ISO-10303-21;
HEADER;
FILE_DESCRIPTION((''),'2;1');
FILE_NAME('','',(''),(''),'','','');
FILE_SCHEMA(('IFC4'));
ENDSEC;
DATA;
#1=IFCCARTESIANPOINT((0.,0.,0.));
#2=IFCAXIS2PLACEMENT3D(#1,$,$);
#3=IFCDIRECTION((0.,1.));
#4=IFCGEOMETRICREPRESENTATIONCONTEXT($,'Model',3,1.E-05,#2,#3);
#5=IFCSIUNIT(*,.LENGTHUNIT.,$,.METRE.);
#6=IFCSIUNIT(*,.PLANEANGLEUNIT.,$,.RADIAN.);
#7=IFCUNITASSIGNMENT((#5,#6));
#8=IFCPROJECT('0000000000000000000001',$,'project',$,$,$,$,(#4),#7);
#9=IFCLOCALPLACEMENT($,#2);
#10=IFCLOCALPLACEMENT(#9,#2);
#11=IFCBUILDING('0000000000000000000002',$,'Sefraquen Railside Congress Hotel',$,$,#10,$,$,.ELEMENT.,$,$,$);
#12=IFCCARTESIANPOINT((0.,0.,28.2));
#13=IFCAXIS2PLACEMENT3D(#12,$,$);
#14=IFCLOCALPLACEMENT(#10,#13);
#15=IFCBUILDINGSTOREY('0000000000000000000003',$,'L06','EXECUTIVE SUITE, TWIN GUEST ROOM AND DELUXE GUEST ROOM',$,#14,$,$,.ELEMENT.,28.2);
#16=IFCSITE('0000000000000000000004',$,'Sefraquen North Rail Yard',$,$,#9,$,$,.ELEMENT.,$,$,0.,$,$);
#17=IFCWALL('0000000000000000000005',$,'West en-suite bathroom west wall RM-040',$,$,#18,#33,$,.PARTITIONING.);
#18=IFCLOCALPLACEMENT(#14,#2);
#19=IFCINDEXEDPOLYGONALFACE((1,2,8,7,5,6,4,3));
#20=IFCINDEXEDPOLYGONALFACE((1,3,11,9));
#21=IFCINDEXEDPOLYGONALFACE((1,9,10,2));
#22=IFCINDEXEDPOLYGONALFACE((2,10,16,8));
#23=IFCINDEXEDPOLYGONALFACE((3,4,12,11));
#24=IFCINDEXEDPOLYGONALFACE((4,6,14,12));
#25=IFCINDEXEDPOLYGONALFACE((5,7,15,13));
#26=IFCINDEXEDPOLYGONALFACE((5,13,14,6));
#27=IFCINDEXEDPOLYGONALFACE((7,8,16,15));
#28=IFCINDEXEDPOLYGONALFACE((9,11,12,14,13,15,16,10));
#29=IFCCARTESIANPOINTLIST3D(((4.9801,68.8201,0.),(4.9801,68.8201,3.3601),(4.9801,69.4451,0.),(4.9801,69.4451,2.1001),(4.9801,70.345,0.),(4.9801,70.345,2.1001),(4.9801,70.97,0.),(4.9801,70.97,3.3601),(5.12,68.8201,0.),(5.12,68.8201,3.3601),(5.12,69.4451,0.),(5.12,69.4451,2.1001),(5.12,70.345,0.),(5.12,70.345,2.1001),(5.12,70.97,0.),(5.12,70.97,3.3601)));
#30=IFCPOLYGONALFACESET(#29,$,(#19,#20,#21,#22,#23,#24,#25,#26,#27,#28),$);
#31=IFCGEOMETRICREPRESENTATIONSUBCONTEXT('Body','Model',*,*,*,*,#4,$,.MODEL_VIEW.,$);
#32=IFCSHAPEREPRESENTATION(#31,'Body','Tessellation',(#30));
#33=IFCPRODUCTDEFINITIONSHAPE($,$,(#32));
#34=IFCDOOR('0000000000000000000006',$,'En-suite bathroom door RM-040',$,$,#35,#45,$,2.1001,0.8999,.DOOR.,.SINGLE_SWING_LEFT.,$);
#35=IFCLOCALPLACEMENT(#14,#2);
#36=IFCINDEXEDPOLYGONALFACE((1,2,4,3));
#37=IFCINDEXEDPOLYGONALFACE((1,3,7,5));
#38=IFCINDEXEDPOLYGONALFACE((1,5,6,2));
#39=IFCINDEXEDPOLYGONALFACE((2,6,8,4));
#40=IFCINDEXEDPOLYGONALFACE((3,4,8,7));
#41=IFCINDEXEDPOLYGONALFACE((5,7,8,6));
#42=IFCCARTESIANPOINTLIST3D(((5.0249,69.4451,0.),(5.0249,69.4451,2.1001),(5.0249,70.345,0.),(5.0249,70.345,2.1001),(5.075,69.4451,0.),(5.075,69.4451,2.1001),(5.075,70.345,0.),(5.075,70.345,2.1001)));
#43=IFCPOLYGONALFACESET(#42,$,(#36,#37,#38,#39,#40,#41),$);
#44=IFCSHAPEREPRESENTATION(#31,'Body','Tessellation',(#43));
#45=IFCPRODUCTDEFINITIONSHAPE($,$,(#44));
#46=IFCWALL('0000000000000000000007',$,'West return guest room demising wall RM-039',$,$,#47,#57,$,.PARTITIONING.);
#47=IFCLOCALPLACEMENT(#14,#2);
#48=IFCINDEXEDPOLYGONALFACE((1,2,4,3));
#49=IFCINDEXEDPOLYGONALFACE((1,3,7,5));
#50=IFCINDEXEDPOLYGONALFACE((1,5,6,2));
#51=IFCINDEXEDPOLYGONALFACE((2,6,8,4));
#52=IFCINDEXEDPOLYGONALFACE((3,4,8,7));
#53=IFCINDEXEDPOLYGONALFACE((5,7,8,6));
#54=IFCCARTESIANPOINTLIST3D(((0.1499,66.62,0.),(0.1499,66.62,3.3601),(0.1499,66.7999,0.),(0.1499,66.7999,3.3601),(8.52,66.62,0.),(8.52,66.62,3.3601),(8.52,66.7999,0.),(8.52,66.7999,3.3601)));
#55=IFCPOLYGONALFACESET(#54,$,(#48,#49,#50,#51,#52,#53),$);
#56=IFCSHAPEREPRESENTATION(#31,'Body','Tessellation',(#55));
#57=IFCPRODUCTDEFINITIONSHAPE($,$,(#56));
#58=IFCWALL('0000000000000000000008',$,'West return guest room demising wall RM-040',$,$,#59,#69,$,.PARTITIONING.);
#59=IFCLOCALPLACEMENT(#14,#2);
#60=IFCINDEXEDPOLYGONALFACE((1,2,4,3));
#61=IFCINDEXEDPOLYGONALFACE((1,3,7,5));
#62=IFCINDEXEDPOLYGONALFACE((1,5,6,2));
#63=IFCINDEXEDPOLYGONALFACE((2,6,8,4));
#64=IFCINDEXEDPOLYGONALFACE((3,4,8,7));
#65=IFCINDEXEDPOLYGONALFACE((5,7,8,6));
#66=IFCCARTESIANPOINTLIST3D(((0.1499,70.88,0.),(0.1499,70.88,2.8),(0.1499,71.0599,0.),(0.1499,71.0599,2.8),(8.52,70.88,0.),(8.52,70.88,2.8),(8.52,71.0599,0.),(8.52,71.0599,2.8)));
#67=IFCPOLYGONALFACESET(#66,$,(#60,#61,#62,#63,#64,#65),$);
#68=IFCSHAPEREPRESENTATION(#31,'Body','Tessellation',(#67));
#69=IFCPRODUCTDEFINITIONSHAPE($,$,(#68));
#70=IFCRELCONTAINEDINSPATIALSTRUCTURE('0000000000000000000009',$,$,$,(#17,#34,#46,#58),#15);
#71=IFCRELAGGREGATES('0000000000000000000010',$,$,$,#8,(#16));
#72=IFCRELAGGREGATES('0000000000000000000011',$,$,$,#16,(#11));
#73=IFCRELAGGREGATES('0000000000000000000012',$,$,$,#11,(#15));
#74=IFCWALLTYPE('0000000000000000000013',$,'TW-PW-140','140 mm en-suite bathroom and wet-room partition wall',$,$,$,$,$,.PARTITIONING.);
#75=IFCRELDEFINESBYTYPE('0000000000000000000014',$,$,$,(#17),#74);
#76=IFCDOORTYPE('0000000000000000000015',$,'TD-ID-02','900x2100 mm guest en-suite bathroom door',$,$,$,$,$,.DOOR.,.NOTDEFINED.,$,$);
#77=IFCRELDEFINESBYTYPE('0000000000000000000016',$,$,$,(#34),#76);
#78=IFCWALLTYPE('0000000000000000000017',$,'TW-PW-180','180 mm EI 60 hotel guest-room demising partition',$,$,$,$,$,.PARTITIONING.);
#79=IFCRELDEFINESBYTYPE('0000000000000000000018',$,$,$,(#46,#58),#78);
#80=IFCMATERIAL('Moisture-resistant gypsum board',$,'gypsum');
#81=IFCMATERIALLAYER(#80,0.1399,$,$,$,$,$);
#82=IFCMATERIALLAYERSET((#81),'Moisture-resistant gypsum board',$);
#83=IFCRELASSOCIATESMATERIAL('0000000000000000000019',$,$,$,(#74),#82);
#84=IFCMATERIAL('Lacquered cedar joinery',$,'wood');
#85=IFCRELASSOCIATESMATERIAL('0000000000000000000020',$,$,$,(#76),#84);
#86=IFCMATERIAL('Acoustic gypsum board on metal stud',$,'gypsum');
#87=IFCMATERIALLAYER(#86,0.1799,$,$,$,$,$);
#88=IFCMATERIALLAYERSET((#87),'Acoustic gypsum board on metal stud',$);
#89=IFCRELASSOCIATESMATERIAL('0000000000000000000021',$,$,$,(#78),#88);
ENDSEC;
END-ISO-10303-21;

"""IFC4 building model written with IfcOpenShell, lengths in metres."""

from ifc_helpers import new_model, si_unit, direction, frame, frame_2d, origin, place, context, subcontext, project, spatial, rectangle, extrude, material, layer, layer_set, type_object, element, fill, save


model = new_model("IFC4")

# Units and contexts
model_context = context("Model", 3, precision=1e-05, world=origin(), true_north=direction((0.0, 1.0)))
body_context = subcontext(model_context, "Body", "Model", "MODEL_VIEW")
ifc_project = project(units=[si_unit("LENGTHUNIT", "METRE"), si_unit("PLANEANGLEUNIT", "RADIAN")], contexts=[model_context])

# Site, building, storey
site_placement = place(None, origin())
site = spatial("IfcSite", under=ifc_project, at=site_placement, Name="Sefraquen North Rail Yard", CompositionType="ELEMENT", RefElevation=0.0)
building_placement = place(site_placement, origin())
building = spatial("IfcBuilding", under=site, at=building_placement, Name="Sefraquen Railside Congress Hotel", CompositionType="ELEMENT")
storey_placement = place(building_placement, frame((0.0, 0.0, 28.2)))
storey = spatial("IfcBuildingStorey", under=building, at=storey_placement, Name="L06", Description="EXECUTIVE SUITE, TWIN GUEST ROOM AND DELUXE GUEST ROOM", CompositionType="ELEMENT", Elevation=28.2)

# Shared definitions
ifc_material_1 = material(Name="Moisture-resistant gypsum board", Category="gypsum")
ifc_layer_1 = layer(ifc_material_1, 0.1399)
ifc_layer_set_1 = layer_set([ifc_layer_1], Name="Moisture-resistant gypsum board")
wall_type_1 = type_object("IfcWallType", Name="TW-PW-140", Description="140 mm en-suite bathroom and wet-room partition wall", PredefinedType="PARTITIONING", material=ifc_layer_set_1)

# Shared definitions
ifc_material_2 = material(Name="Lacquered cedar joinery", Category="wood")
door_type = type_object("IfcDoorType", Name="TD-ID-02", Description="900x2100 mm guest en-suite bathroom door", OperationType="NOTDEFINED", PredefinedType="DOOR", material=ifc_material_2)

# Wall, opening, door
wall_1_placement = place(storey_placement, frame((5.05, 68.8201, 0.0), z_axis=(0.0, 0.0, 1.0), x_axis=(0.0, 1.0, 0.0)))
wall_1 = element("IfcWall", 1, at=wall_1_placement, inside=storey, type_object=wall_type_1, Name="West en-suite bathroom west wall RM-040", PredefinedType="PARTITIONING", context=body_context, shape_type="SweptSolid", body=[
    extrude(rectangle(XDim=2.1499, YDim=0.1399, at=frame_2d((1.075, 0.0))), origin(), (0.0, 0.0, 1.0), 3.3601),
])
opening_1_placement = place(wall_1_placement, frame((0.625, 0.0, 0.0)))
opening_1 = element("IfcOpeningElement", 2, at=opening_1_placement, cuts=wall_1, PredefinedType="OPENING", context=body_context, shape_type="SweptSolid", body=[
    extrude(rectangle(XDim=0.8999, YDim=2.1001, at=frame_2d((0.45, 1.05))), frame((0.0, 0.0798, 0.0), z_axis=(0.0, -1.0, 0.0), x_axis=(1.0, 0.0, 0.0)), (0.0, 0.0, 1.0), 0.1599),
])
door_1_placement = place(opening_1_placement, frame((0.8999, 0.0, 0.0), z_axis=(0.0, 0.0, 1.0), x_axis=(-1.0, 0.0, 0.0)))
door_1 = element("IfcDoor", 3, at=door_1_placement, inside=storey, type_object=door_type, Name="En-suite bathroom door RM-040", OperationType="SINGLE_SWING_LEFT", OverallHeight=2.1001, OverallWidth=0.8999, PredefinedType="DOOR", context=body_context, shape_type="SweptSolid", body=[
    extrude(rectangle(XDim=0.8999, YDim=2.1001, at=frame_2d((0.45, 1.05))), frame((0.0, 0.0249, 0.0), z_axis=(0.0, -1.0, 0.0), x_axis=(1.0, 0.0, 0.0)), (0.0, 0.0, 1.0), 0.05),
])
fill(opening_1, door_1)

# Walls
ifc_material_3 = material(Name="Acoustic gypsum board on metal stud", Category="gypsum")
ifc_layer_2 = layer(ifc_material_3, 0.1799)
ifc_layer_set_2 = layer_set([ifc_layer_2], Name="Acoustic gypsum board on metal stud")
wall_type_2 = type_object("IfcWallType", Name="TW-PW-180", Description="180 mm EI 60 hotel guest-room demising partition", PredefinedType="PARTITIONING", material=ifc_layer_set_2)
wall_2_placement = place(storey_placement, frame((0.1499, 66.71, 0.0), z_axis=(0.0, 0.0, 1.0), x_axis=(1.0, 0.0, 0.0)))
element("IfcWall", 4, at=wall_2_placement, inside=storey, type_object=wall_type_2, Name="West return guest room demising wall RM-039", PredefinedType="PARTITIONING", context=body_context, shape_type="SweptSolid", body=[
    extrude(rectangle(XDim=8.3701, YDim=0.1799, at=frame_2d((4.1851, 0.0))), origin(), (0.0, 0.0, 1.0), 3.3601),
])
wall_3_placement = place(storey_placement, frame((0.1499, 70.97, 0.0), z_axis=(0.0, 0.0, 1.0), x_axis=(1.0, 0.0, 0.0)))
element("IfcWall", 5, at=wall_3_placement, inside=storey, type_object=wall_type_2, Name="West return guest room demising wall RM-040", PredefinedType="PARTITIONING", context=body_context, shape_type="SweptSolid", body=[
    extrude(rectangle(XDim=8.3701, YDim=0.1799, at=frame_2d((4.1851, 0.0))), origin(), (0.0, 0.0, 1.0), 2.8),
])

save(model, "model.ifc")
